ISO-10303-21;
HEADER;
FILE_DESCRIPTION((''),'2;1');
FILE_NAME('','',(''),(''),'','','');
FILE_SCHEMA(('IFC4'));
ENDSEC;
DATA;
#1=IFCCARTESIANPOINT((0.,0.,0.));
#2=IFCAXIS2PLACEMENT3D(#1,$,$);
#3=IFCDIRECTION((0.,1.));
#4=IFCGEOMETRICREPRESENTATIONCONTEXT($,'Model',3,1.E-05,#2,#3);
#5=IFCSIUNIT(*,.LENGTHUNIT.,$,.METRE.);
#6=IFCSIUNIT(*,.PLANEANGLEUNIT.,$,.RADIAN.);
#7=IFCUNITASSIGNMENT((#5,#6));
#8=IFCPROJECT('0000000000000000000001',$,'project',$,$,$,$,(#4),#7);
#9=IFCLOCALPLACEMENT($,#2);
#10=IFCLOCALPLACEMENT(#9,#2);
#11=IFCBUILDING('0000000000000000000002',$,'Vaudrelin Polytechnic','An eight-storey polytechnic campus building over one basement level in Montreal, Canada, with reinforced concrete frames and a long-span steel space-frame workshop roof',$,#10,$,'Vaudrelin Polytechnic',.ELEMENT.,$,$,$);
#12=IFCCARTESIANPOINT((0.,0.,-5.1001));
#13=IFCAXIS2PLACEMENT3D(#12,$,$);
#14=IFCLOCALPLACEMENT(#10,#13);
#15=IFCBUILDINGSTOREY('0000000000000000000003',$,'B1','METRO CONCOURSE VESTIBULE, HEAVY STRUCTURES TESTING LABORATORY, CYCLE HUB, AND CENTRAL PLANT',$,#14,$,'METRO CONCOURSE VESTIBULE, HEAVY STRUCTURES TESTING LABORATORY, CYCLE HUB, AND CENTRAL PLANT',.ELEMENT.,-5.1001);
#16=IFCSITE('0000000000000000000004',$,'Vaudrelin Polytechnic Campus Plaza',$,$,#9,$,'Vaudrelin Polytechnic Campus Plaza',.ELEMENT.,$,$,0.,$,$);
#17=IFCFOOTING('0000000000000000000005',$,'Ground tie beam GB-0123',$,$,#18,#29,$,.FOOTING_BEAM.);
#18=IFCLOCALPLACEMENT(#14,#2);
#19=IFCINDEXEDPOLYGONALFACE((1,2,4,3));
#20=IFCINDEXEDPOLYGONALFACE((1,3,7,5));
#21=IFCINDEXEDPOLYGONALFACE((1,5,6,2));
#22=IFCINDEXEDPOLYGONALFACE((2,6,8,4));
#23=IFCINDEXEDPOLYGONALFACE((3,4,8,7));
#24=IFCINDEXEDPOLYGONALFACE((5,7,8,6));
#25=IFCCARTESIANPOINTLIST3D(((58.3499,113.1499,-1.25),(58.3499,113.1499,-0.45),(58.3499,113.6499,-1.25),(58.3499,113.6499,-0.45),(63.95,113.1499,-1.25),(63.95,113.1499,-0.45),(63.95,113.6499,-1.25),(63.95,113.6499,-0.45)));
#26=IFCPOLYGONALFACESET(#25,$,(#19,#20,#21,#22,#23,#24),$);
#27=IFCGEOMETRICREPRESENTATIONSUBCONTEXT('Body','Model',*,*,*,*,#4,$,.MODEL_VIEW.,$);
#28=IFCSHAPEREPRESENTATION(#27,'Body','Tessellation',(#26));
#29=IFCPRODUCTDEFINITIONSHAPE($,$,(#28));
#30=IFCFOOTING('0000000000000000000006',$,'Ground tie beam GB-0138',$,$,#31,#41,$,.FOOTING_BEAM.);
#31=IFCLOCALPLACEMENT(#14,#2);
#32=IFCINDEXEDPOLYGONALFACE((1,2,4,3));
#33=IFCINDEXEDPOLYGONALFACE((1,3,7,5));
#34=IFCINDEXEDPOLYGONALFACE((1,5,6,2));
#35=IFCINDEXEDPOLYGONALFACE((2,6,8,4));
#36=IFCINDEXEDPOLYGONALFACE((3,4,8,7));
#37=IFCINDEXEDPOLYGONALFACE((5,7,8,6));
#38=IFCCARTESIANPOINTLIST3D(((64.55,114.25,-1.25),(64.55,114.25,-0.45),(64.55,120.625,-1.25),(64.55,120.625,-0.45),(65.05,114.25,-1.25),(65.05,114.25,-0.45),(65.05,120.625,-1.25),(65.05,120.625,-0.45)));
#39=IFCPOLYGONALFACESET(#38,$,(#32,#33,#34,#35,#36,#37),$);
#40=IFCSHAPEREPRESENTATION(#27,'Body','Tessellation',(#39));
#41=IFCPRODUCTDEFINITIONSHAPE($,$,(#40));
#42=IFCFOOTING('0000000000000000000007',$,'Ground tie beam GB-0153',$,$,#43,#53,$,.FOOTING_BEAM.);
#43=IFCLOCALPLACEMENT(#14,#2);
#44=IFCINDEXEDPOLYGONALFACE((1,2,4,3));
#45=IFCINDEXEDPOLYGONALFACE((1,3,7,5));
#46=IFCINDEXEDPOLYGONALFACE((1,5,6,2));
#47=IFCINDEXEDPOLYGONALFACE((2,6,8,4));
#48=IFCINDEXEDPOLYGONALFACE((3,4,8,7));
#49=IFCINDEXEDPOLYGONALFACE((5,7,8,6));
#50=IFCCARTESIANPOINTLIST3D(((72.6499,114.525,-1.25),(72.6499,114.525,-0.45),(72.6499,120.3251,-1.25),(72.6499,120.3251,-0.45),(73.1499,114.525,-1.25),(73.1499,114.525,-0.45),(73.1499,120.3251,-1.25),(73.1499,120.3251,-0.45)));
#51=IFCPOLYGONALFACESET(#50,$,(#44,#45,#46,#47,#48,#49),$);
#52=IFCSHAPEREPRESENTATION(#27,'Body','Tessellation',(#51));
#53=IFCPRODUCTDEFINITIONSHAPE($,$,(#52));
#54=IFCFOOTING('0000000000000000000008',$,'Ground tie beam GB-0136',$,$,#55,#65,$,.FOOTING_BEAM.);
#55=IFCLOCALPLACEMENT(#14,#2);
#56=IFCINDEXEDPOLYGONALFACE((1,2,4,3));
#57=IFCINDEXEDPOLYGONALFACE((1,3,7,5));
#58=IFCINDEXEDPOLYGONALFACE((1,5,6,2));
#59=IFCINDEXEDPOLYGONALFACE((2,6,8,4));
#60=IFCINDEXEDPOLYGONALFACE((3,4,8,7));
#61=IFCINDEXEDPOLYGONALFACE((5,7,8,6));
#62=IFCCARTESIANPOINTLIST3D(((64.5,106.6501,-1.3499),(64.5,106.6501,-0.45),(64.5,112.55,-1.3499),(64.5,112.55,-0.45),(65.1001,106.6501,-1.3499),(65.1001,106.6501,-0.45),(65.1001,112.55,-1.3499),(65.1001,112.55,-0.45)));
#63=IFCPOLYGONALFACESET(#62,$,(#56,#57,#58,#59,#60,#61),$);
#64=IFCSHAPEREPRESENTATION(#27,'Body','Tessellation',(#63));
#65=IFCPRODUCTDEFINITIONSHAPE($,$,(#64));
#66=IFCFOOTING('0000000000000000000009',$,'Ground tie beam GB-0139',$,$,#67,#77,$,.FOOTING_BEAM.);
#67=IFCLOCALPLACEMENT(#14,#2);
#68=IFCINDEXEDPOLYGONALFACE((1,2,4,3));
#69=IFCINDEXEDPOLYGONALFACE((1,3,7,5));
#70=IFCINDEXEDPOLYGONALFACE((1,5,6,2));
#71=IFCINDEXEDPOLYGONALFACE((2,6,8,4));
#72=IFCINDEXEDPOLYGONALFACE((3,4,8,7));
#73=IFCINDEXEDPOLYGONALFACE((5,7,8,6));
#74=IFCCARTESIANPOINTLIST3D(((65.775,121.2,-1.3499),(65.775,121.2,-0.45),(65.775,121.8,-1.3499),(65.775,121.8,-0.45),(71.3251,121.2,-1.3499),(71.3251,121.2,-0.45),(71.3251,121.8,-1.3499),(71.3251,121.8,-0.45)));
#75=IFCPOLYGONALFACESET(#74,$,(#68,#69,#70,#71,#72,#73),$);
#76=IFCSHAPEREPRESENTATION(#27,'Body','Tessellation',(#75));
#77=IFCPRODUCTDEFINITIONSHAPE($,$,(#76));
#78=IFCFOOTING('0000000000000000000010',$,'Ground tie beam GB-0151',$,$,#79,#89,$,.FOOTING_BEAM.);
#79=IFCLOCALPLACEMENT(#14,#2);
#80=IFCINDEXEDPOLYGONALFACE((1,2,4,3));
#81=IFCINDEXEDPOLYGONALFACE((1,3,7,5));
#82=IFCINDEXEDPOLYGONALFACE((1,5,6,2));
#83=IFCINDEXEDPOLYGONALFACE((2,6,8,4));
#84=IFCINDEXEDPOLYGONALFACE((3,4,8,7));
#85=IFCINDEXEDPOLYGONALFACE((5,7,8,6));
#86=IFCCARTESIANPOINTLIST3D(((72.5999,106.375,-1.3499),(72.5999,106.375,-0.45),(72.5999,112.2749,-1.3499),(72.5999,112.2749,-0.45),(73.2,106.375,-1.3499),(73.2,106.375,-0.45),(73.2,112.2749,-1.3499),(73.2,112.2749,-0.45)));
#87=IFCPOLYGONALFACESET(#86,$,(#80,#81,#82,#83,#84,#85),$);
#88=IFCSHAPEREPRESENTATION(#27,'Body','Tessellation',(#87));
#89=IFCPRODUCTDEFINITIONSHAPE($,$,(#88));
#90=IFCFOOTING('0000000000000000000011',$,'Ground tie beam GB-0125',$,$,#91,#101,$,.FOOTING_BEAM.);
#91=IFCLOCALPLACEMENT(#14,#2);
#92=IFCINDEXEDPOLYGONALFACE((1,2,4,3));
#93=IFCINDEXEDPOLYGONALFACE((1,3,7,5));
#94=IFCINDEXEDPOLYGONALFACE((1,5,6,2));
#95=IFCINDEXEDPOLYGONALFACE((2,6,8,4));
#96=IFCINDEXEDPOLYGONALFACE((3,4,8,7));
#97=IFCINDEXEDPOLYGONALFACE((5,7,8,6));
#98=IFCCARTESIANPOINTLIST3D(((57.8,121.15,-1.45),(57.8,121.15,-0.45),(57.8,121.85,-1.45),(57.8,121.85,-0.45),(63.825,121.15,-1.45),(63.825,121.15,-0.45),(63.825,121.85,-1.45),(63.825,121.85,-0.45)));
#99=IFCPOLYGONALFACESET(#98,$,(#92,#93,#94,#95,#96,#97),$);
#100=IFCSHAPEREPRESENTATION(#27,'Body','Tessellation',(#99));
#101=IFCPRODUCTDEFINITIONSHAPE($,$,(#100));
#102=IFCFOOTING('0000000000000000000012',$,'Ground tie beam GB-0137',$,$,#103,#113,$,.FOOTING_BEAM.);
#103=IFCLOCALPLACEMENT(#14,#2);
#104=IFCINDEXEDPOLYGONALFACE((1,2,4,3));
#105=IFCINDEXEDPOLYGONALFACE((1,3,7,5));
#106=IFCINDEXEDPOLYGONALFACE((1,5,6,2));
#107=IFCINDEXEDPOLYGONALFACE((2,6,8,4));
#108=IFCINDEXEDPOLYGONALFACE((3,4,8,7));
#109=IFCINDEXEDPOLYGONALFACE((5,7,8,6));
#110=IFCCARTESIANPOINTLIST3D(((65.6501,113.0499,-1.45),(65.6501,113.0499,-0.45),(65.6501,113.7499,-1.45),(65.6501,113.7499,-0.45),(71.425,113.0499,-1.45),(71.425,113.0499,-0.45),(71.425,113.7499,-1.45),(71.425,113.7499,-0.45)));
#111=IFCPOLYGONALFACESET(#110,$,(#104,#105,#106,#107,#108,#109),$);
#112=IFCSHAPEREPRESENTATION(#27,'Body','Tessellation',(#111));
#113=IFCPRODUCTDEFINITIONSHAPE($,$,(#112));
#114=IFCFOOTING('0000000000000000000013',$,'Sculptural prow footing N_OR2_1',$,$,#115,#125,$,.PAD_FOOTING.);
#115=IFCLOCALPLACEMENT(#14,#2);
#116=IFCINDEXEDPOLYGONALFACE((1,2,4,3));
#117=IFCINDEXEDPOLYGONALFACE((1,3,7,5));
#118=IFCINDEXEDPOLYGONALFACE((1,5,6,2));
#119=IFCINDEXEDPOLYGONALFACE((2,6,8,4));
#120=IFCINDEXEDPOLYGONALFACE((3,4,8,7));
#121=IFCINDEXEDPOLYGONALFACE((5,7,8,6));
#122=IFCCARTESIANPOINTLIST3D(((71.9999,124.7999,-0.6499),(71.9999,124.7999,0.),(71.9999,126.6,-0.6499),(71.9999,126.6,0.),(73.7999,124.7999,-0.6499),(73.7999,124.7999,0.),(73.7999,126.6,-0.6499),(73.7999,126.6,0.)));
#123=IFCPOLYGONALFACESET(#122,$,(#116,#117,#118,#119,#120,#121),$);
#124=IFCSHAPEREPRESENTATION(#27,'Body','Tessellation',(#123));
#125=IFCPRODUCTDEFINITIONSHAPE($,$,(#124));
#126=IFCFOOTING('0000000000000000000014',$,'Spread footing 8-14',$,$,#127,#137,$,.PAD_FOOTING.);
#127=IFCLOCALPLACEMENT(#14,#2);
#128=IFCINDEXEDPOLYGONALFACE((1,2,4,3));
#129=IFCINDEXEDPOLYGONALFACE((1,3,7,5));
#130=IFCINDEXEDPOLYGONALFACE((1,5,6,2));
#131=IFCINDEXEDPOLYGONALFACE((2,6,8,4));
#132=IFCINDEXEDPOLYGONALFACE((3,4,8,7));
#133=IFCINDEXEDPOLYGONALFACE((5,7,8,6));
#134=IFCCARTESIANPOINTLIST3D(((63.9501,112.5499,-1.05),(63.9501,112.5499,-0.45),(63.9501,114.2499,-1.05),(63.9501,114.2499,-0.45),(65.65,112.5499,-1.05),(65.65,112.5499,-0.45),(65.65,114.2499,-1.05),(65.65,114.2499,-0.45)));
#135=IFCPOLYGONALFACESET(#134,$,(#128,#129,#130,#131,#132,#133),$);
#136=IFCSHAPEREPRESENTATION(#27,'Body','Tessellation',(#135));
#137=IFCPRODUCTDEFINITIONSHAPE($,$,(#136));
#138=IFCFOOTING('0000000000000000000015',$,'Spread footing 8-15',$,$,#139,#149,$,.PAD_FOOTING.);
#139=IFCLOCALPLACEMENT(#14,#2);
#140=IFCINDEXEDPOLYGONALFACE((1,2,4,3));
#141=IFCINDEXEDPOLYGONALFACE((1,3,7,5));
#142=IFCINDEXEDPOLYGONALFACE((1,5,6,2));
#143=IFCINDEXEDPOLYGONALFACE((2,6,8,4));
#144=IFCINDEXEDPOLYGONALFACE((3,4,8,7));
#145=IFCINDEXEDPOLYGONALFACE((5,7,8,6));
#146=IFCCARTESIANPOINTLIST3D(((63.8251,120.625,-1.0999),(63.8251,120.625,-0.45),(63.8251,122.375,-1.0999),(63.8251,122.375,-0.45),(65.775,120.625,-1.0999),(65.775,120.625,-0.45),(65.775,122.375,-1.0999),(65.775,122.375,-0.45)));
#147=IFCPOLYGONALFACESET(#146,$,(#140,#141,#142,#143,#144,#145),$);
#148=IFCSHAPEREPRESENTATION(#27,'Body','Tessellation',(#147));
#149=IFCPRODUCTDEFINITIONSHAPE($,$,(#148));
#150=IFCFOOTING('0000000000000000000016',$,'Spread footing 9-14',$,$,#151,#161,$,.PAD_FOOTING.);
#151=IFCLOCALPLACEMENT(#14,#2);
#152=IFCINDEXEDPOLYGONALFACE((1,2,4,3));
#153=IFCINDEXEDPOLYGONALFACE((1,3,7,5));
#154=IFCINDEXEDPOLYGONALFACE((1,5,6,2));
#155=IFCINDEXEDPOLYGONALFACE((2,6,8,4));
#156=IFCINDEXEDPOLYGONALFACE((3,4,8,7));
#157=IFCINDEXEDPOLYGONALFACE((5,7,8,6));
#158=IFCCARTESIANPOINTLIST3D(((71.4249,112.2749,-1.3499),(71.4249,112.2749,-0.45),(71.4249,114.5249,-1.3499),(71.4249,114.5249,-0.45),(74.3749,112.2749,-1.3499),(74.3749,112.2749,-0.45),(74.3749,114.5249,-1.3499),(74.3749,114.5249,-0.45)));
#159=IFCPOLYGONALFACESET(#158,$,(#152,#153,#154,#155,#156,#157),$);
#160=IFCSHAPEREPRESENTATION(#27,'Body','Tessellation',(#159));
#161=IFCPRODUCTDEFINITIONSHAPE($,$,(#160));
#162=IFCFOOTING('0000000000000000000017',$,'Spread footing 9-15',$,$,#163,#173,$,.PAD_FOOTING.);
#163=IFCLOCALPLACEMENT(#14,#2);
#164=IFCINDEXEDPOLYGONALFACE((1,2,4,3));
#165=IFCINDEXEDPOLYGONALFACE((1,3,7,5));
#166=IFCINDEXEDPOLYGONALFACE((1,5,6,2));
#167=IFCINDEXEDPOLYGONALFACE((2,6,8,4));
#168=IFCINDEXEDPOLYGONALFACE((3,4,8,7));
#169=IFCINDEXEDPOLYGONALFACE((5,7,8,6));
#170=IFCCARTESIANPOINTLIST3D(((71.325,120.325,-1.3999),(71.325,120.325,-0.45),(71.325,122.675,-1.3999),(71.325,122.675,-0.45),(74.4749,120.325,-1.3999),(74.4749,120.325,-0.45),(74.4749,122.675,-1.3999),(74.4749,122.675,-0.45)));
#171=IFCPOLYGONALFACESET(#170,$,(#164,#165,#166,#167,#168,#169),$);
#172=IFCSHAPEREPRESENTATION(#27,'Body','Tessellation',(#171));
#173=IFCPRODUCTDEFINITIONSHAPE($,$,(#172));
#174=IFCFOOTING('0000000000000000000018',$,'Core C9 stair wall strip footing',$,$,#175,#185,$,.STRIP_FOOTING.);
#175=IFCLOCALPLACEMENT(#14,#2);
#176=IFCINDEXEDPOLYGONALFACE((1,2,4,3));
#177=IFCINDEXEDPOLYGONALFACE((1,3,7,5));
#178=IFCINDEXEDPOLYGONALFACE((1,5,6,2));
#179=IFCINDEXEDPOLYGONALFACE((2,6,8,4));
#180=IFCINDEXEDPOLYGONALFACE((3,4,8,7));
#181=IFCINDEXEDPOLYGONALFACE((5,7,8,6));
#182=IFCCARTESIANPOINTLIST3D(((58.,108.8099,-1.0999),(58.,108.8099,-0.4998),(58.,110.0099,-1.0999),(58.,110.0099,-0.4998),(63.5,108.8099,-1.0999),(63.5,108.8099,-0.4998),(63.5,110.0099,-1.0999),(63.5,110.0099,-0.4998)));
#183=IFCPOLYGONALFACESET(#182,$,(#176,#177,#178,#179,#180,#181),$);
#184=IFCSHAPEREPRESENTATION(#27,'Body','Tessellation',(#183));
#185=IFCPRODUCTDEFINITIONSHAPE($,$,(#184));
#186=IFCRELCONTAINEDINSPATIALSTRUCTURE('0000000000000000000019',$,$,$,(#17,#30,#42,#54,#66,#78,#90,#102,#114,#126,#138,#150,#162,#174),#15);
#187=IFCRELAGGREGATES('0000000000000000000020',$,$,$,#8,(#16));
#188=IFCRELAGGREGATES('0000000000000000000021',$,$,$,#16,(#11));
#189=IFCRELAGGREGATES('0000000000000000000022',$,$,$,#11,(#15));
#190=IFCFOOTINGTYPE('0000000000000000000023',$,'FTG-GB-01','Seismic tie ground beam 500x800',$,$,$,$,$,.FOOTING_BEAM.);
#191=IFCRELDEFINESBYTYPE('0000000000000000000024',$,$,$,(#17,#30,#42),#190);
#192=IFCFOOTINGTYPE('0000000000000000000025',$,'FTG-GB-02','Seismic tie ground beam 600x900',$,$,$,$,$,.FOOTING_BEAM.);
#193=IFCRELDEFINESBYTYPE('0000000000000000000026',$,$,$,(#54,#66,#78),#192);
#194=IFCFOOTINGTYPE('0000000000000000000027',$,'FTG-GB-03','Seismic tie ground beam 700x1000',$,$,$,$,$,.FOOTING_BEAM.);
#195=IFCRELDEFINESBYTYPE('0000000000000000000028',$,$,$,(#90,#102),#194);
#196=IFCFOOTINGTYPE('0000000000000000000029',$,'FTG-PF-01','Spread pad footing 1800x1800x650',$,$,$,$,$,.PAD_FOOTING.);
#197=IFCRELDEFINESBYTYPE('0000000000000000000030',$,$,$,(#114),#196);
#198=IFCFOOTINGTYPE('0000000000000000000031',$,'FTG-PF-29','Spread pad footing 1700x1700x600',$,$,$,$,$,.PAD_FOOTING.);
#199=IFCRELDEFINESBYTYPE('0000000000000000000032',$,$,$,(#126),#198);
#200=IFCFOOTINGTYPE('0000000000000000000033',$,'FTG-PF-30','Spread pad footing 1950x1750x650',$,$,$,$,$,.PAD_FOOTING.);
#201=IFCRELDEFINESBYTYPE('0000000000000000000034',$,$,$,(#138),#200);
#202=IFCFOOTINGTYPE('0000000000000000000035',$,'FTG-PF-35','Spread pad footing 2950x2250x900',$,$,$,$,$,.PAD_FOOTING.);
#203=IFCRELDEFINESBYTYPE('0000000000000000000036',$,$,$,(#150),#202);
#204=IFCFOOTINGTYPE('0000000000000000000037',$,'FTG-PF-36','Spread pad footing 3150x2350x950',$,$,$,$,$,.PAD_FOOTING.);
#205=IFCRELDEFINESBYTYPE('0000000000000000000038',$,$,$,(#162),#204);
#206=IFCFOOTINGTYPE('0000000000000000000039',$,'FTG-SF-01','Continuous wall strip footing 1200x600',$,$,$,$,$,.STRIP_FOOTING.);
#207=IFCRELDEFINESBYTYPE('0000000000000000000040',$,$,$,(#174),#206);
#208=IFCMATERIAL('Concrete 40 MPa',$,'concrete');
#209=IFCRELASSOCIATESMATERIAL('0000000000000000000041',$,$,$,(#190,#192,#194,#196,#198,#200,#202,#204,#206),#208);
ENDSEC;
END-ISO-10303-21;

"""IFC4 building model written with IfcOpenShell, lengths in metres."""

from ifc_helpers import new_model, si_unit, direction, frame, origin, origin_2d, place, context, subcontext, project, spatial, rectangle, extrude, material, type_object, element, save


model = new_model("IFC4")

# Units and contexts
model_context = context("Model", 3, precision=1e-05, world=origin(), true_north=direction((0.0, 1.0)))
body_context = subcontext(model_context, "Body", "Model", "MODEL_VIEW")
ifc_project = project(units=[si_unit("LENGTHUNIT", "METRE"), si_unit("PLANEANGLEUNIT", "RADIAN")], contexts=[model_context])

# Site, building, storey
site_placement = place(None, origin())
site = spatial("IfcSite", under=ifc_project, at=site_placement, Name="Vaudrelin Polytechnic Campus Plaza", LongName="Vaudrelin Polytechnic Campus Plaza", CompositionType="ELEMENT", RefElevation=0.0)
building_placement = place(site_placement, origin())
building = spatial("IfcBuilding", under=site, at=building_placement, Name="Vaudrelin Polytechnic", Description="An eight-storey polytechnic campus building over one basement level in Montreal, Canada, with reinforced concrete frames and a long-span steel space-frame workshop roof", LongName="Vaudrelin Polytechnic", CompositionType="ELEMENT")
storey_placement = place(building_placement, frame((0.0, 0.0, -5.1001)))
storey = spatial("IfcBuildingStorey", under=building, at=storey_placement, Name="B1", Description="METRO CONCOURSE VESTIBULE, HEAVY STRUCTURES TESTING LABORATORY, CYCLE HUB, AND CENTRAL PLANT", LongName="METRO CONCOURSE VESTIBULE, HEAVY STRUCTURES TESTING LABORATORY, CYCLE HUB, AND CENTRAL PLANT", CompositionType="ELEMENT", Elevation=-5.1001)

# Footings
ifc_material_1 = material(Name="Concrete 40 MPa", Category="concrete")
footing_type_1 = type_object("IfcFootingType", Name="FTG-GB-01", Description="Seismic tie ground beam 500x800", PredefinedType="FOOTING_BEAM", material=ifc_material_1)
footing_1_placement = place(storey_placement, frame((61.1499, 113.3999, -1.25), z_axis=(0.0, 0.0, 1.0), x_axis=(1.0, 0.0, 0.0)))
element("IfcFooting", 1, at=footing_1_placement, inside=storey, type_object=footing_type_1, Name="Ground tie beam GB-0123", PredefinedType="FOOTING_BEAM", context=body_context, shape_type="SweptSolid", body=[
    extrude(rectangle(XDim=5.6001, YDim=0.5, at=origin_2d()), origin(), (0.0, 0.0, 1.0), 0.8),
])
footing_2_placement = place(storey_placement, frame((64.8, 117.4375, -1.25), z_axis=(0.0, 0.0, 1.0), x_axis=(1.0, 0.0, 0.0)))
element("IfcFooting", 2, at=footing_2_placement, inside=storey, type_object=footing_type_1, Name="Ground tie beam GB-0138", PredefinedType="FOOTING_BEAM", context=body_context, shape_type="SweptSolid", body=[
    extrude(rectangle(XDim=0.5, YDim=6.375, at=origin_2d()), origin(), (0.0, 0.0, 1.0), 0.8),
])
footing_3_placement = place(storey_placement, frame((72.8999, 117.425, -1.25), z_axis=(0.0, 0.0, 1.0), x_axis=(1.0, 0.0, 0.0)))
element("IfcFooting", 3, at=footing_3_placement, inside=storey, type_object=footing_type_1, Name="Ground tie beam GB-0153", PredefinedType="FOOTING_BEAM", context=body_context, shape_type="SweptSolid", body=[
    extrude(rectangle(XDim=0.5, YDim=5.8, at=origin_2d()), origin(), (0.0, 0.0, 1.0), 0.8),
])
footing_type_2 = type_object("IfcFootingType", Name="FTG-GB-02", Description="Seismic tie ground beam 600x900", PredefinedType="FOOTING_BEAM", material=ifc_material_1)
footing_4_placement = place(storey_placement, frame((64.8, 109.6001, -1.3499), z_axis=(0.0, 0.0, 1.0), x_axis=(1.0, 0.0, 0.0)))
element("IfcFooting", 4, at=footing_4_placement, inside=storey, type_object=footing_type_2, Name="Ground tie beam GB-0136", PredefinedType="FOOTING_BEAM", context=body_context, shape_type="SweptSolid", body=[
    extrude(rectangle(XDim=0.6001, YDim=5.8999, at=origin_2d()), origin(), (0.0, 0.0, 1.0), 0.8999),
])
footing_5_placement = place(storey_placement, frame((68.55, 121.5, -1.3499), z_axis=(0.0, 0.0, 1.0), x_axis=(1.0, 0.0, 0.0)))
element("IfcFooting", 5, at=footing_5_placement, inside=storey, type_object=footing_type_2, Name="Ground tie beam GB-0139", PredefinedType="FOOTING_BEAM", context=body_context, shape_type="SweptSolid", body=[
    extrude(rectangle(XDim=5.55, YDim=0.6001, at=origin_2d()), origin(), (0.0, 0.0, 1.0), 0.8999),
])
footing_6_placement = place(storey_placement, frame((72.8999, 109.325, -1.3499), z_axis=(0.0, 0.0, 1.0), x_axis=(1.0, 0.0, 0.0)))
element("IfcFooting", 6, at=footing_6_placement, inside=storey, type_object=footing_type_2, Name="Ground tie beam GB-0151", PredefinedType="FOOTING_BEAM", context=body_context, shape_type="SweptSolid", body=[
    extrude(rectangle(XDim=0.6001, YDim=5.8999, at=origin_2d()), origin(), (0.0, 0.0, 1.0), 0.8999),
])
footing_type_3 = type_object("IfcFootingType", Name="FTG-GB-03", Description="Seismic tie ground beam 700x1000", PredefinedType="FOOTING_BEAM", material=ifc_material_1)
footing_7_placement = place(storey_placement, frame((60.8125, 121.5, -1.45), z_axis=(0.0, 0.0, 1.0), x_axis=(1.0, 0.0, 0.0)))
element("IfcFooting", 7, at=footing_7_placement, inside=storey, type_object=footing_type_3, Name="Ground tie beam GB-0125", PredefinedType="FOOTING_BEAM", context=body_context, shape_type="SweptSolid", body=[
    extrude(rectangle(XDim=6.0249, YDim=0.7, at=origin_2d()), origin(), (0.0, 0.0, 1.0), 1.0),
])
footing_8_placement = place(storey_placement, frame((68.5376, 113.3999, -1.45), z_axis=(0.0, 0.0, 1.0), x_axis=(1.0, 0.0, 0.0)))
element("IfcFooting", 8, at=footing_8_placement, inside=storey, type_object=footing_type_3, Name="Ground tie beam GB-0137", PredefinedType="FOOTING_BEAM", context=body_context, shape_type="SweptSolid", body=[
    extrude(rectangle(XDim=5.7749, YDim=0.7, at=origin_2d()), origin(), (0.0, 0.0, 1.0), 1.0),
])
footing_type_4 = type_object("IfcFootingType", Name="FTG-PF-01", Description="Spread pad footing 1800x1800x650", PredefinedType="PAD_FOOTING", material=ifc_material_1)
footing_9_placement = place(storey_placement, frame((72.8999, 125.7, -0.6499), z_axis=(0.0, 0.0, 1.0), x_axis=(1.0, 0.0, 0.0)))
element("IfcFooting", 9, at=footing_9_placement, inside=storey, type_object=footing_type_4, Name="Sculptural prow footing N_OR2_1", PredefinedType="PAD_FOOTING", context=body_context, shape_type="SweptSolid", body=[
    extrude(rectangle(XDim=1.8, YDim=1.8, at=origin_2d()), origin(), (0.0, 0.0, 1.0), 0.6499),
])
footing_type_5 = type_object("IfcFootingType", Name="FTG-PF-29", Description="Spread pad footing 1700x1700x600", PredefinedType="PAD_FOOTING", material=ifc_material_1)
footing_10_placement = place(storey_placement, frame((64.8, 113.3999, -1.05), z_axis=(0.0, 0.0, 1.0), x_axis=(1.0, 0.0, 0.0)))
element("IfcFooting", 10, at=footing_10_placement, inside=storey, type_object=footing_type_5, Name="Spread footing 8-14", PredefinedType="PAD_FOOTING", context=body_context, shape_type="SweptSolid", body=[
    extrude(rectangle(XDim=1.7, YDim=1.7, at=origin_2d()), origin(), (0.0, 0.0, 1.0), 0.6001),
])
footing_type_6 = type_object("IfcFootingType", Name="FTG-PF-30", Description="Spread pad footing 1950x1750x650", PredefinedType="PAD_FOOTING", material=ifc_material_1)
footing_11_placement = place(storey_placement, frame((64.8, 121.5, -1.0999), z_axis=(0.0, 0.0, 1.0), x_axis=(1.0, 0.0, 0.0)))
element("IfcFooting", 11, at=footing_11_placement, inside=storey, type_object=footing_type_6, Name="Spread footing 8-15", PredefinedType="PAD_FOOTING", context=body_context, shape_type="SweptSolid", body=[
    extrude(rectangle(XDim=1.95, YDim=1.75, at=origin_2d()), origin(), (0.0, 0.0, 1.0), 0.6499),
])
footing_type_7 = type_object("IfcFootingType", Name="FTG-PF-35", Description="Spread pad footing 2950x2250x900", PredefinedType="PAD_FOOTING", material=ifc_material_1)
footing_12_placement = place(storey_placement, frame((72.8999, 113.3999, -1.3499), z_axis=(0.0, 0.0, 1.0), x_axis=(1.0, 0.0, 0.0)))
element("IfcFooting", 12, at=footing_12_placement, inside=storey, type_object=footing_type_7, Name="Spread footing 9-14", PredefinedType="PAD_FOOTING", context=body_context, shape_type="SweptSolid", body=[
    extrude(rectangle(XDim=2.95, YDim=2.25, at=origin_2d()), origin(), (0.0, 0.0, 1.0), 0.8999),
])
footing_type_8 = type_object("IfcFootingType", Name="FTG-PF-36", Description="Spread pad footing 3150x2350x950", PredefinedType="PAD_FOOTING", material=ifc_material_1)
footing_13_placement = place(storey_placement, frame((72.8999, 121.5, -1.3999), z_axis=(0.0, 0.0, 1.0), x_axis=(1.0, 0.0, 0.0)))
element("IfcFooting", 13, at=footing_13_placement, inside=storey, type_object=footing_type_8, Name="Spread footing 9-15", PredefinedType="PAD_FOOTING", context=body_context, shape_type="SweptSolid", body=[
    extrude(rectangle(XDim=3.1499, YDim=2.3501, at=origin_2d()), origin(), (0.0, 0.0, 1.0), 0.95),
])
footing_type_9 = type_object("IfcFootingType", Name="FTG-SF-01", Description="Continuous wall strip footing 1200x600", PredefinedType="STRIP_FOOTING", material=ifc_material_1)
footing_14_placement = place(storey_placement, frame((60.75, 109.4099, -1.0999), z_axis=(0.0, 0.0, 1.0), x_axis=(1.0, 0.0, 0.0)))
element("IfcFooting", 14, at=footing_14_placement, inside=storey, type_object=footing_type_9, Name="Core C9 stair wall strip footing", PredefinedType="STRIP_FOOTING", context=body_context, shape_type="SweptSolid", body=[
    extrude(rectangle(XDim=5.5, YDim=1.2, at=origin_2d()), origin(), (0.0, 0.0, 1.0), 0.6001),
])

save(model, "model.ifc")
